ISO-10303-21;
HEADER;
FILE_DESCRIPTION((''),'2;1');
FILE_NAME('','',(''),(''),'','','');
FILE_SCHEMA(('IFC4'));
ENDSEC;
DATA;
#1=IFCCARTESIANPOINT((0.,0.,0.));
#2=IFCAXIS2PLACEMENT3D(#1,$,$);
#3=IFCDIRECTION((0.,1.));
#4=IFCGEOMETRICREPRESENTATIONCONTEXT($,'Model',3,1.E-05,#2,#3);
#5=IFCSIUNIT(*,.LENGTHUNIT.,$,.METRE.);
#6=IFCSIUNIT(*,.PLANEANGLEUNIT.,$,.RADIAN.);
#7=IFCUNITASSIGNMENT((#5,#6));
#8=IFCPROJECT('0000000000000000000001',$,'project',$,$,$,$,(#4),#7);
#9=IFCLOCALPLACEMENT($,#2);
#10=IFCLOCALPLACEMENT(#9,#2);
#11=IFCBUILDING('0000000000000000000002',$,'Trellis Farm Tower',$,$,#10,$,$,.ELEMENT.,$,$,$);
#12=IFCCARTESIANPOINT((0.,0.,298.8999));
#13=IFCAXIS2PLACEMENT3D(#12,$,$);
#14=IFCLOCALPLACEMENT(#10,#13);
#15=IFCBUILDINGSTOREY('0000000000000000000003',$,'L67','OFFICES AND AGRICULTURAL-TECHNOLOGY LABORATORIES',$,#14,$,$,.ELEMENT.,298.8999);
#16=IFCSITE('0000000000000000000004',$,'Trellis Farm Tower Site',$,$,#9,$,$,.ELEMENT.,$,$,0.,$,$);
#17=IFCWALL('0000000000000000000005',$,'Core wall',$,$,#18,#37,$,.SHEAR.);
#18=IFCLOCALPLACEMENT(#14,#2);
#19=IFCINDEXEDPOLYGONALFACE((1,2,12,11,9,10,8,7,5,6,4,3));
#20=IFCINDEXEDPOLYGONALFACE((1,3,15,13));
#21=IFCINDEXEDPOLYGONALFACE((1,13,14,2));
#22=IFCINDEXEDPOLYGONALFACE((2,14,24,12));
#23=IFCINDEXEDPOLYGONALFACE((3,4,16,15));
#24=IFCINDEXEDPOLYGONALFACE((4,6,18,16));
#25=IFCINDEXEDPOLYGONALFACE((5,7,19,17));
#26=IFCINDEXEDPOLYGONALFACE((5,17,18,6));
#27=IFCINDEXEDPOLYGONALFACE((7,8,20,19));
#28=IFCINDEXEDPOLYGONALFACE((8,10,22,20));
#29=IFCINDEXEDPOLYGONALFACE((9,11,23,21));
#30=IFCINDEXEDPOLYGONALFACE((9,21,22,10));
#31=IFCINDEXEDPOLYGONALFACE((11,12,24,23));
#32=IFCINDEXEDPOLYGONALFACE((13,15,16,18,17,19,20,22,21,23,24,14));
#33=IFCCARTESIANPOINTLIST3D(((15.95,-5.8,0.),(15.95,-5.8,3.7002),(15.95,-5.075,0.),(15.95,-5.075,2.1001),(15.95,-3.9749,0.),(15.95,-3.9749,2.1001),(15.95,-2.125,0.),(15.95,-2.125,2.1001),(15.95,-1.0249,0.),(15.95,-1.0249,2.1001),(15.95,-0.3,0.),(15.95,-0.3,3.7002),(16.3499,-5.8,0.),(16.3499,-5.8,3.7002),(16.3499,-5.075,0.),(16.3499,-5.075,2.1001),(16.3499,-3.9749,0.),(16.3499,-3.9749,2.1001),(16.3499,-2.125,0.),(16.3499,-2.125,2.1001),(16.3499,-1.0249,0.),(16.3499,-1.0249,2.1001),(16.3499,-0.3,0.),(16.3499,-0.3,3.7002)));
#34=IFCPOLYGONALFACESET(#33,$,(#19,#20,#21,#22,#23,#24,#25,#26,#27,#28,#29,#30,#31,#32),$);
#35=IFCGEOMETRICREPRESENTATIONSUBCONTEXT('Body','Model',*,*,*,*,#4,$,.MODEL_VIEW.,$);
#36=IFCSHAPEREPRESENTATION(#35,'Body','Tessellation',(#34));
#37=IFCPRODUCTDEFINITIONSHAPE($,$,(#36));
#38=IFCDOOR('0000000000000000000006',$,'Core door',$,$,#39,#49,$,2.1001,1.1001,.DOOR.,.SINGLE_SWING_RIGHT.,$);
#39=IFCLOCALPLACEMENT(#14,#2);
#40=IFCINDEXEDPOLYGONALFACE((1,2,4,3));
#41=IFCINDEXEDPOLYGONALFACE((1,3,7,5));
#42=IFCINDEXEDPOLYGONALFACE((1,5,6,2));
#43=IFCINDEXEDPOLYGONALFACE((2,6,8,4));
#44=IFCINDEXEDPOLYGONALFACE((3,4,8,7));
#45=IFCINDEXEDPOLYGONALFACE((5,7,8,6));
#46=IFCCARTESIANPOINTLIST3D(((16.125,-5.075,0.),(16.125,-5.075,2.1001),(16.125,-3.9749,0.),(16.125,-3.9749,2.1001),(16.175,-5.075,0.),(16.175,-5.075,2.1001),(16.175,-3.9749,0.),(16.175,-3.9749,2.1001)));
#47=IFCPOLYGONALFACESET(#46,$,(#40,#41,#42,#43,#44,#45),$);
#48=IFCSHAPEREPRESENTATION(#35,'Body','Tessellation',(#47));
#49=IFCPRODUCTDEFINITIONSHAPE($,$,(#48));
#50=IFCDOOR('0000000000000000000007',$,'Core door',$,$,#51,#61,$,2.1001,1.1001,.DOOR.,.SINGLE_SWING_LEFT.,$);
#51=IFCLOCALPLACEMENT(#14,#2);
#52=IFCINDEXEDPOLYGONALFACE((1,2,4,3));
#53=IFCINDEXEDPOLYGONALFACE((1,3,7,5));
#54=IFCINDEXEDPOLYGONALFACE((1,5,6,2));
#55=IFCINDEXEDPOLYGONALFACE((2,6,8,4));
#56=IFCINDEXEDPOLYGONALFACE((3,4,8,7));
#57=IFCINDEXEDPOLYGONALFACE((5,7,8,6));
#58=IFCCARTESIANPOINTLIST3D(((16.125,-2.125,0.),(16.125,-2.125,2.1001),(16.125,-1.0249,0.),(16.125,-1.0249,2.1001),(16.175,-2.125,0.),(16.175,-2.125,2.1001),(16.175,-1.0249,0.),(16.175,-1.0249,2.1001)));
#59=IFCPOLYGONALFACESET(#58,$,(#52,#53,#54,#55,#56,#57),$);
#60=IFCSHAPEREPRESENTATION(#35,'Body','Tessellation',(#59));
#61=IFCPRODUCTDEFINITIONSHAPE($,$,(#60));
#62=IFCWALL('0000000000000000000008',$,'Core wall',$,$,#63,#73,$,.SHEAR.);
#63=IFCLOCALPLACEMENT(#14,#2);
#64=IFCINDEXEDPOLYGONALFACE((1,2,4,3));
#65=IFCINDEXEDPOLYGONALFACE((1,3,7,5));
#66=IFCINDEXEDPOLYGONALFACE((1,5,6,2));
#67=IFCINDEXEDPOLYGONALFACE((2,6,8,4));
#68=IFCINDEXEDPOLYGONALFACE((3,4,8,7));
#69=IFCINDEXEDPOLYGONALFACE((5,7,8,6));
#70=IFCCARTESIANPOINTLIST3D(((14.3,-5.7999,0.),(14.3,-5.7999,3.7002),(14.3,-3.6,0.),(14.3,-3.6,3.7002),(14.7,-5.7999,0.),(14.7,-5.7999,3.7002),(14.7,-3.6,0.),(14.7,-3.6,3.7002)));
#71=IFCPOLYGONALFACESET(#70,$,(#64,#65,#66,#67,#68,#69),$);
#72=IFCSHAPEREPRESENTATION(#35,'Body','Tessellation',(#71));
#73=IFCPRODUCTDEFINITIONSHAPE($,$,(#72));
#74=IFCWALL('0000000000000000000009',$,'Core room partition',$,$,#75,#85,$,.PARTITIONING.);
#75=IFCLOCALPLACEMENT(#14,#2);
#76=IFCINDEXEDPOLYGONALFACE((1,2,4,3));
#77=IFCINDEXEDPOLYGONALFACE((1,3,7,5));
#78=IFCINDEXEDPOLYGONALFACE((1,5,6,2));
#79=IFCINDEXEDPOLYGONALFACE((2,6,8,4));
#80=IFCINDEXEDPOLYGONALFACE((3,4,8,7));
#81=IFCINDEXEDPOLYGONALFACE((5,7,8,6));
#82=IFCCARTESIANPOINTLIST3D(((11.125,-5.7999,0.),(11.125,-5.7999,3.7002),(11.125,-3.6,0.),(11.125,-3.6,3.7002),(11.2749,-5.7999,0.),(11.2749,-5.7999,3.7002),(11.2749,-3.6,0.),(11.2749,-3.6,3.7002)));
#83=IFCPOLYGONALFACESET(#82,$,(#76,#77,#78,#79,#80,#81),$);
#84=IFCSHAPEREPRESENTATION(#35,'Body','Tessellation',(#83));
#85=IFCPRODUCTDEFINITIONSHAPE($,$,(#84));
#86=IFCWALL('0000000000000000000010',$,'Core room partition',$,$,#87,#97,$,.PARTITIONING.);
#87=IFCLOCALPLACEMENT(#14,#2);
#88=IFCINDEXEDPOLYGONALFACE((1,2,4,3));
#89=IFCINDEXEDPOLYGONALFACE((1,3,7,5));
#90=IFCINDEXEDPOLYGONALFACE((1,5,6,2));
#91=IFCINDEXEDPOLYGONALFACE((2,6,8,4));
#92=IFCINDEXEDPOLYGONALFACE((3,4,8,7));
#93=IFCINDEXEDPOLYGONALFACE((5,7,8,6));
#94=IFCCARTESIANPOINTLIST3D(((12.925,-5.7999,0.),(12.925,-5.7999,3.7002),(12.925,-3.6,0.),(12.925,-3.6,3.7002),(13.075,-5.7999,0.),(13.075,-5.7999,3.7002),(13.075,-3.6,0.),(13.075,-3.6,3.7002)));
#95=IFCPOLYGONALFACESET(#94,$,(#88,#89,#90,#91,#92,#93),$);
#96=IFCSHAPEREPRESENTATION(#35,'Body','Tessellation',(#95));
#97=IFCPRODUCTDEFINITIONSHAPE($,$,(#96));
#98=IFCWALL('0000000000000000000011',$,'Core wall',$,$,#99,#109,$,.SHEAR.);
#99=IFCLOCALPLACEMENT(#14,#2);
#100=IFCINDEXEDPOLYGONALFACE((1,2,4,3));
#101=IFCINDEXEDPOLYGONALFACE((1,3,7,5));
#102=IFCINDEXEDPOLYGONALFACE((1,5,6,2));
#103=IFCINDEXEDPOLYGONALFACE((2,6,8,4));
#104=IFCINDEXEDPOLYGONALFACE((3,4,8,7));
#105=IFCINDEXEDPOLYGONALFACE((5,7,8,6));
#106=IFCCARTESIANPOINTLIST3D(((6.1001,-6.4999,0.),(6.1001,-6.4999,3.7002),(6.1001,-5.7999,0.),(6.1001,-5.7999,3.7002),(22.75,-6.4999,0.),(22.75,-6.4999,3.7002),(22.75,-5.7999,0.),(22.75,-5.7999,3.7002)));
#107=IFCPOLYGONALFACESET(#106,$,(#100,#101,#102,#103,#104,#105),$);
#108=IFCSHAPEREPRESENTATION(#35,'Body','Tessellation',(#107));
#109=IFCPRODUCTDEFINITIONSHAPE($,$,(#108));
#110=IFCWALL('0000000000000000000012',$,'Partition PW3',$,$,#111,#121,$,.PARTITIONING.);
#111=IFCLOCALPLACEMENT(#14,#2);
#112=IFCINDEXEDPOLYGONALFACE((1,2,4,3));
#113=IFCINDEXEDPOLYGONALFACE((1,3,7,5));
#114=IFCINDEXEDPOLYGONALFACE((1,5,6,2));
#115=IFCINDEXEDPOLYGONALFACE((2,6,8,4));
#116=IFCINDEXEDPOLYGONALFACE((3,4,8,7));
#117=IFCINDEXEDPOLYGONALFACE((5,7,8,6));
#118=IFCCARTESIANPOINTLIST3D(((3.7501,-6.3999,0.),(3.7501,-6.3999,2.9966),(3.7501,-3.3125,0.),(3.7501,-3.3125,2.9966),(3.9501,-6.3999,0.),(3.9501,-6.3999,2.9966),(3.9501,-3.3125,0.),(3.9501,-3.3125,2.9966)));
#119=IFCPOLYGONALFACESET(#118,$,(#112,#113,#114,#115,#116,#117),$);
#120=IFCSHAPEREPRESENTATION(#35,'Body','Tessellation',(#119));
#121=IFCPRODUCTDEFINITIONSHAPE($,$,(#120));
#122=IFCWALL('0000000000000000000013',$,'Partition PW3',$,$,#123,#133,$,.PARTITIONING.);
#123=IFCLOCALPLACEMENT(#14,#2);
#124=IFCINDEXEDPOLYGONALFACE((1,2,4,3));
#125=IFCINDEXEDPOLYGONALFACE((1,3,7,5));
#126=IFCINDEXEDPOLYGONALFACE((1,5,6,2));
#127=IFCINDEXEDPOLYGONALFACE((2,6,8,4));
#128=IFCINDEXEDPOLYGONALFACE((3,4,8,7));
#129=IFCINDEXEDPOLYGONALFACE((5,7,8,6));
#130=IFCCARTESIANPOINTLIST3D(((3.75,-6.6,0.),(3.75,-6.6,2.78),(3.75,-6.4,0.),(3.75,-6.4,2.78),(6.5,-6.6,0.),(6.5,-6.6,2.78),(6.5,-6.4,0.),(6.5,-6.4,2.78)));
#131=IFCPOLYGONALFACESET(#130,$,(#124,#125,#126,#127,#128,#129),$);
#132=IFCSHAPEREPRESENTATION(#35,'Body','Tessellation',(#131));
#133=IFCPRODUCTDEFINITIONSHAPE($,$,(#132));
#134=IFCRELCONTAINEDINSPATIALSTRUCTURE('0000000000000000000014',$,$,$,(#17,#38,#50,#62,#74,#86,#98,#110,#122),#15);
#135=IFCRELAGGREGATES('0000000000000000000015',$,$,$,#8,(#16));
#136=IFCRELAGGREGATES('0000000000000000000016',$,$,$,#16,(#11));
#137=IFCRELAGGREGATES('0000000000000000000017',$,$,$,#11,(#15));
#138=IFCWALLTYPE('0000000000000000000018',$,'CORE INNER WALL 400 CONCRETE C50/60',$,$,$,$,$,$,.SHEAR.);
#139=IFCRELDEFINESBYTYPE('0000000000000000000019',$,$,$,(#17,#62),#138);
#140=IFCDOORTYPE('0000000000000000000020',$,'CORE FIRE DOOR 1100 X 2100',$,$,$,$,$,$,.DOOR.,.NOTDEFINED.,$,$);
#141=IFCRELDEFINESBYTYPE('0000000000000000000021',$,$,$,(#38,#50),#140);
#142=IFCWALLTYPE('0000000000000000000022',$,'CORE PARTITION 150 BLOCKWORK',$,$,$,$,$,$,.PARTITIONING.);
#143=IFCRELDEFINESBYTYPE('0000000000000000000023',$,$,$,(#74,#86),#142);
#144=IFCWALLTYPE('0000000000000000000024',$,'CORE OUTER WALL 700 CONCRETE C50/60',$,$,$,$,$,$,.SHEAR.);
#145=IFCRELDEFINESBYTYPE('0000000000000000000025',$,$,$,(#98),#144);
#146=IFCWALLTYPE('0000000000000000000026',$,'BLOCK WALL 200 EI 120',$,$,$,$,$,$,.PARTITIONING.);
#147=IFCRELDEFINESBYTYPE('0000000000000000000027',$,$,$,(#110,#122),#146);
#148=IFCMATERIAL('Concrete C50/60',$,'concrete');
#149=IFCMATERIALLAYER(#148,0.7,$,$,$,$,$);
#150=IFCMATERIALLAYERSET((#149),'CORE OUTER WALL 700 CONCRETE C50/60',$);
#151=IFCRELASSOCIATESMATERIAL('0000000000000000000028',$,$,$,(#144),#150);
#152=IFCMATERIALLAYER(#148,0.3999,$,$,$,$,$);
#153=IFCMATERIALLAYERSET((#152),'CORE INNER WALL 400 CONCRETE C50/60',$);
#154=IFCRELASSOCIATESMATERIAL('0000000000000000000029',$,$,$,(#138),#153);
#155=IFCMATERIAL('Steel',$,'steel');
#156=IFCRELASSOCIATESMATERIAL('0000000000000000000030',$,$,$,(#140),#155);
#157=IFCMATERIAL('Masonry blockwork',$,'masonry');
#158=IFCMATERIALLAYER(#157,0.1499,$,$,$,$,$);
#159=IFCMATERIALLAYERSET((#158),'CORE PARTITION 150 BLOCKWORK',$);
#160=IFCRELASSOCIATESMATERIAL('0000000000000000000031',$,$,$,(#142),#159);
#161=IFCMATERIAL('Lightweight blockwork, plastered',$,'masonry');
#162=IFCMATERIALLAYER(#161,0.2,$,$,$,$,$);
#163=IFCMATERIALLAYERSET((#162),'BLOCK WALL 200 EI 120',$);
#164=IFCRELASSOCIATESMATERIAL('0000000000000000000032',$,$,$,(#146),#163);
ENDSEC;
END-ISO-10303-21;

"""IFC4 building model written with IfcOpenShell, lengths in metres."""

from ifc_helpers import new_model, si_unit, direction, frame, frame_2d, origin, place, context, subcontext, project, spatial, rectangle, extrude, source, transform, mapped, material, layer, layer_set, type_object, element, fill, save


model = new_model("IFC4")

# Units and contexts
model_context = context("Model", 3, precision=1e-05, world=origin(), true_north=direction((0.0, 1.0)))
body_context = subcontext(model_context, "Body", "Model", "MODEL_VIEW")
ifc_project = project(units=[si_unit("LENGTHUNIT", "METRE"), si_unit("PLANEANGLEUNIT", "RADIAN")], contexts=[model_context])

# Site, building, storey
site_placement = place(None, origin())
site = spatial("IfcSite", under=ifc_project, at=site_placement, Name="Trellis Farm Tower Site", CompositionType="ELEMENT", RefElevation=0.0)
building_placement = place(site_placement, origin())
building = spatial("IfcBuilding", under=site, at=building_placement, Name="Trellis Farm Tower", CompositionType="ELEMENT")
storey_placement = place(building_placement, frame((0.0, 0.0, 298.8999)))
storey = spatial("IfcBuildingStorey", under=building, at=storey_placement, Name="L67", Description="OFFICES AND AGRICULTURAL-TECHNOLOGY LABORATORIES", CompositionType="ELEMENT", Elevation=298.8999)

# Shared definitions
ifc_material_1 = material(Name="Concrete C50/60", Category="concrete")
ifc_layer_1 = layer(ifc_material_1, 0.7)
ifc_layer_set_1 = layer_set([ifc_layer_1], Name="CORE OUTER WALL 700 CONCRETE C50/60")
wall_type_1 = type_object("IfcWallType", Name="CORE OUTER WALL 700 CONCRETE C50/60", PredefinedType="SHEAR", material=ifc_layer_set_1)
ifc_material_2 = material(Name="Steel", Category="steel")

# Wall, openings, doors
ifc_layer_2 = layer(ifc_material_1, 0.3999)
ifc_layer_set_2 = layer_set([ifc_layer_2], Name="CORE INNER WALL 400 CONCRETE C50/60")
wall_type_2 = type_object("IfcWallType", Name="CORE INNER WALL 400 CONCRETE C50/60", PredefinedType="SHEAR", material=ifc_layer_set_2)
shared_shape_1 = source(origin(), body_context, "Body", "SweptSolid", [
    extrude(rectangle(XDim=5.5, YDim=0.3999, at=frame_2d((2.75, 0.0))), origin(), (0.0, 0.0, 1.0), 3.7002),
])
wall_1_placement = place(storey_placement, frame((16.1499, -5.8, 0.0), z_axis=(0.0, 0.0, 1.0), x_axis=(0.0, 1.0, 0.0)))
wall_1 = element("IfcWall", 1, at=wall_1_placement, inside=storey, type_object=wall_type_2, Name="Core wall", PredefinedType="SHEAR", context=body_context, shape_type="MappedRepresentation", body=[
    mapped(shared_shape_1, transform((0.0, 0.0, 0.0))),
])
shared_shape_2 = source(origin(), body_context, "Body", "SweptSolid", [
    extrude(rectangle(XDim=1.1001, YDim=2.1001, at=frame_2d((0.55, 1.05))), frame((0.0, 0.21, 0.0), z_axis=(0.0, -1.0, 0.0), x_axis=(1.0, 0.0, 0.0)), (0.0, 0.0, 1.0), 0.4199),
])
opening_1_placement = place(wall_1_placement, frame((0.7251, 0.0, 0.0)))
opening_1 = element("IfcOpeningElement", 2, at=opening_1_placement, cuts=wall_1, PredefinedType="OPENING", context=body_context, shape_type="MappedRepresentation", body=[
    mapped(shared_shape_2, transform((0.0, 0.0, 0.0))),
])
opening_2_placement = place(wall_1_placement, frame((3.675, 0.0, 0.0)))
opening_2 = element("IfcOpeningElement", 3, at=opening_2_placement, cuts=wall_1, PredefinedType="OPENING", context=body_context, shape_type="MappedRepresentation", body=[
    mapped(shared_shape_2, transform((0.0, 0.0, 0.0))),
])
door_type_1 = type_object("IfcDoorType", Name="CORE FIRE DOOR 1100 X 2100", OperationType="NOTDEFINED", PredefinedType="DOOR", material=ifc_material_2)
shared_shape_3 = source(origin(), body_context, "Body", "SweptSolid", [
    extrude(rectangle(XDim=1.1001, YDim=2.1001, at=frame_2d((0.55, 1.05))), frame((0.0, 0.0249, 0.0), z_axis=(0.0, -1.0, 0.0), x_axis=(1.0, 0.0, 0.0)), (0.0, 0.0, 1.0), 0.05),
])
door_1_placement = place(opening_1_placement, origin())
door_1 = element("IfcDoor", 4, at=door_1_placement, inside=storey, type_object=door_type_1, Name="Core door", OperationType="SINGLE_SWING_RIGHT", OverallHeight=2.1001, OverallWidth=1.1001, PredefinedType="DOOR", context=body_context, shape_type="MappedRepresentation", body=[
    mapped(shared_shape_3, transform((0.0, 0.0, 0.0))),
])
fill(opening_1, door_1)
door_2_placement = place(opening_2_placement, origin())
door_2 = element("IfcDoor", 5, at=door_2_placement, inside=storey, type_object=door_type_1, Name="Core door", OperationType="SINGLE_SWING_LEFT", OverallHeight=2.1001, OverallWidth=1.1001, PredefinedType="DOOR", context=body_context, shape_type="MappedRepresentation", body=[
    mapped(shared_shape_3, transform((0.0, 0.0, 0.0))),
])
fill(opening_2, door_2)

# Walls
shared_shape_4 = source(origin(), body_context, "Body", "SweptSolid", [
    extrude(rectangle(XDim=2.2, YDim=0.3999, at=frame_2d((1.1001, 0.0))), origin(), (0.0, 0.0, 1.0), 3.7002),
])
wall_2_placement = place(storey_placement, frame((14.5, -5.8, 0.0), z_axis=(0.0, 0.0, 1.0), x_axis=(0.0, 1.0, 0.0)))
element("IfcWall", 6, at=wall_2_placement, inside=storey, type_object=wall_type_2, Name="Core wall", PredefinedType="SHEAR", context=body_context, shape_type="MappedRepresentation", body=[
    mapped(shared_shape_4, transform((0.0, 0.0, 0.0))),
])
ifc_material_3 = material(Name="Masonry blockwork", Category="masonry")
ifc_layer_3 = layer(ifc_material_3, 0.1499)
ifc_layer_set_3 = layer_set([ifc_layer_3], Name="CORE PARTITION 150 BLOCKWORK")
wall_type_3 = type_object("IfcWallType", Name="CORE PARTITION 150 BLOCKWORK", PredefinedType="PARTITIONING", material=ifc_layer_set_3)
shared_shape_5 = source(origin(), body_context, "Body", "SweptSolid", [
    extrude(rectangle(XDim=2.2, YDim=0.1499, at=frame_2d((1.1001, 0.0))), origin(), (0.0, 0.0, 1.0), 3.7002),
])
for number, where, z_axis, x_axis, name in (
    (7, (11.2, -5.8, 0.0), (0.0, 0.0, 1.0), (0.0, 1.0, 0.0), "Core room partition"),
    (8, (13.0, -5.8, 0.0), (0.0, 0.0, 1.0), (0.0, 1.0, 0.0), "Core room partition"),
):
    element("IfcWall", number, at=place(storey_placement, frame(where, z_axis=z_axis, x_axis=x_axis)), inside=storey, type_object=wall_type_3, Name=name, PredefinedType="PARTITIONING", context=body_context, shape_type="MappedRepresentation", body=[
        mapped(shared_shape_5, transform((0.0, 0.0, 0.0))),
    ])
shared_shape_6 = source(origin(), body_context, "Body", "SweptSolid", [
    extrude(rectangle(XDim=16.6499, YDim=0.7, at=frame_2d((8.325, 0.0))), origin(), (0.0, 0.0, 1.0), 3.7002),
])
wall_3_placement = place(storey_placement, frame((6.1001, -6.1499, 0.0), z_axis=(0.0, 0.0, 1.0), x_axis=(1.0, 0.0, 0.0)))
element("IfcWall", 9, at=wall_3_placement, inside=storey, type_object=wall_type_1, Name="Core wall", PredefinedType="SHEAR", context=body_context, shape_type="MappedRepresentation", body=[
    mapped(shared_shape_6, transform((0.0, 0.0, 0.0))),
])
ifc_material_4 = material(Name="Lightweight blockwork, plastered", Category="masonry")
ifc_layer_4 = layer(ifc_material_4, 0.2)
ifc_layer_set_4 = layer_set([ifc_layer_4], Name="BLOCK WALL 200 EI 120")
wall_type_4 = type_object("IfcWallType", Name="BLOCK WALL 200 EI 120", PredefinedType="PARTITIONING", material=ifc_layer_set_4)
shared_shape_7 = source(origin(), body_context, "Body", "SweptSolid", [
    extrude(rectangle(XDim=3.0874, YDim=0.2, at=frame_2d((1.5437, 0.0))), origin(), (0.0, 0.0, 1.0), 2.9966),
])
wall_4_placement = place(storey_placement, frame((3.8501, -6.3999, 0.0), z_axis=(0.0, 0.0, 1.0), x_axis=(0.0, 1.0, 0.0)))
element("IfcWall", 10, at=wall_4_placement, inside=storey, type_object=wall_type_4, Name="Partition PW3", PredefinedType="PARTITIONING", context=body_context, shape_type="MappedRepresentation", body=[
    mapped(shared_shape_7, transform((0.0, 0.0, 0.0))),
])
shared_shape_8 = source(origin(), body_context, "Body", "SweptSolid", [
    extrude(rectangle(XDim=2.75, YDim=0.2, at=frame_2d((1.375, 0.0))), origin(), (0.0, 0.0, 1.0), 2.78),
])
wall_5_placement = place(storey_placement, frame((3.75, -6.5, 0.0), z_axis=(0.0, 0.0, 1.0), x_axis=(1.0, 0.0, 0.0)))
element("IfcWall", 11, at=wall_5_placement, inside=storey, type_object=wall_type_4, Name="Partition PW3", PredefinedType="PARTITIONING", context=body_context, shape_type="MappedRepresentation", body=[
    mapped(shared_shape_8, transform((0.0, 0.0, 0.0))),
])

save(model, "model.ifc")
